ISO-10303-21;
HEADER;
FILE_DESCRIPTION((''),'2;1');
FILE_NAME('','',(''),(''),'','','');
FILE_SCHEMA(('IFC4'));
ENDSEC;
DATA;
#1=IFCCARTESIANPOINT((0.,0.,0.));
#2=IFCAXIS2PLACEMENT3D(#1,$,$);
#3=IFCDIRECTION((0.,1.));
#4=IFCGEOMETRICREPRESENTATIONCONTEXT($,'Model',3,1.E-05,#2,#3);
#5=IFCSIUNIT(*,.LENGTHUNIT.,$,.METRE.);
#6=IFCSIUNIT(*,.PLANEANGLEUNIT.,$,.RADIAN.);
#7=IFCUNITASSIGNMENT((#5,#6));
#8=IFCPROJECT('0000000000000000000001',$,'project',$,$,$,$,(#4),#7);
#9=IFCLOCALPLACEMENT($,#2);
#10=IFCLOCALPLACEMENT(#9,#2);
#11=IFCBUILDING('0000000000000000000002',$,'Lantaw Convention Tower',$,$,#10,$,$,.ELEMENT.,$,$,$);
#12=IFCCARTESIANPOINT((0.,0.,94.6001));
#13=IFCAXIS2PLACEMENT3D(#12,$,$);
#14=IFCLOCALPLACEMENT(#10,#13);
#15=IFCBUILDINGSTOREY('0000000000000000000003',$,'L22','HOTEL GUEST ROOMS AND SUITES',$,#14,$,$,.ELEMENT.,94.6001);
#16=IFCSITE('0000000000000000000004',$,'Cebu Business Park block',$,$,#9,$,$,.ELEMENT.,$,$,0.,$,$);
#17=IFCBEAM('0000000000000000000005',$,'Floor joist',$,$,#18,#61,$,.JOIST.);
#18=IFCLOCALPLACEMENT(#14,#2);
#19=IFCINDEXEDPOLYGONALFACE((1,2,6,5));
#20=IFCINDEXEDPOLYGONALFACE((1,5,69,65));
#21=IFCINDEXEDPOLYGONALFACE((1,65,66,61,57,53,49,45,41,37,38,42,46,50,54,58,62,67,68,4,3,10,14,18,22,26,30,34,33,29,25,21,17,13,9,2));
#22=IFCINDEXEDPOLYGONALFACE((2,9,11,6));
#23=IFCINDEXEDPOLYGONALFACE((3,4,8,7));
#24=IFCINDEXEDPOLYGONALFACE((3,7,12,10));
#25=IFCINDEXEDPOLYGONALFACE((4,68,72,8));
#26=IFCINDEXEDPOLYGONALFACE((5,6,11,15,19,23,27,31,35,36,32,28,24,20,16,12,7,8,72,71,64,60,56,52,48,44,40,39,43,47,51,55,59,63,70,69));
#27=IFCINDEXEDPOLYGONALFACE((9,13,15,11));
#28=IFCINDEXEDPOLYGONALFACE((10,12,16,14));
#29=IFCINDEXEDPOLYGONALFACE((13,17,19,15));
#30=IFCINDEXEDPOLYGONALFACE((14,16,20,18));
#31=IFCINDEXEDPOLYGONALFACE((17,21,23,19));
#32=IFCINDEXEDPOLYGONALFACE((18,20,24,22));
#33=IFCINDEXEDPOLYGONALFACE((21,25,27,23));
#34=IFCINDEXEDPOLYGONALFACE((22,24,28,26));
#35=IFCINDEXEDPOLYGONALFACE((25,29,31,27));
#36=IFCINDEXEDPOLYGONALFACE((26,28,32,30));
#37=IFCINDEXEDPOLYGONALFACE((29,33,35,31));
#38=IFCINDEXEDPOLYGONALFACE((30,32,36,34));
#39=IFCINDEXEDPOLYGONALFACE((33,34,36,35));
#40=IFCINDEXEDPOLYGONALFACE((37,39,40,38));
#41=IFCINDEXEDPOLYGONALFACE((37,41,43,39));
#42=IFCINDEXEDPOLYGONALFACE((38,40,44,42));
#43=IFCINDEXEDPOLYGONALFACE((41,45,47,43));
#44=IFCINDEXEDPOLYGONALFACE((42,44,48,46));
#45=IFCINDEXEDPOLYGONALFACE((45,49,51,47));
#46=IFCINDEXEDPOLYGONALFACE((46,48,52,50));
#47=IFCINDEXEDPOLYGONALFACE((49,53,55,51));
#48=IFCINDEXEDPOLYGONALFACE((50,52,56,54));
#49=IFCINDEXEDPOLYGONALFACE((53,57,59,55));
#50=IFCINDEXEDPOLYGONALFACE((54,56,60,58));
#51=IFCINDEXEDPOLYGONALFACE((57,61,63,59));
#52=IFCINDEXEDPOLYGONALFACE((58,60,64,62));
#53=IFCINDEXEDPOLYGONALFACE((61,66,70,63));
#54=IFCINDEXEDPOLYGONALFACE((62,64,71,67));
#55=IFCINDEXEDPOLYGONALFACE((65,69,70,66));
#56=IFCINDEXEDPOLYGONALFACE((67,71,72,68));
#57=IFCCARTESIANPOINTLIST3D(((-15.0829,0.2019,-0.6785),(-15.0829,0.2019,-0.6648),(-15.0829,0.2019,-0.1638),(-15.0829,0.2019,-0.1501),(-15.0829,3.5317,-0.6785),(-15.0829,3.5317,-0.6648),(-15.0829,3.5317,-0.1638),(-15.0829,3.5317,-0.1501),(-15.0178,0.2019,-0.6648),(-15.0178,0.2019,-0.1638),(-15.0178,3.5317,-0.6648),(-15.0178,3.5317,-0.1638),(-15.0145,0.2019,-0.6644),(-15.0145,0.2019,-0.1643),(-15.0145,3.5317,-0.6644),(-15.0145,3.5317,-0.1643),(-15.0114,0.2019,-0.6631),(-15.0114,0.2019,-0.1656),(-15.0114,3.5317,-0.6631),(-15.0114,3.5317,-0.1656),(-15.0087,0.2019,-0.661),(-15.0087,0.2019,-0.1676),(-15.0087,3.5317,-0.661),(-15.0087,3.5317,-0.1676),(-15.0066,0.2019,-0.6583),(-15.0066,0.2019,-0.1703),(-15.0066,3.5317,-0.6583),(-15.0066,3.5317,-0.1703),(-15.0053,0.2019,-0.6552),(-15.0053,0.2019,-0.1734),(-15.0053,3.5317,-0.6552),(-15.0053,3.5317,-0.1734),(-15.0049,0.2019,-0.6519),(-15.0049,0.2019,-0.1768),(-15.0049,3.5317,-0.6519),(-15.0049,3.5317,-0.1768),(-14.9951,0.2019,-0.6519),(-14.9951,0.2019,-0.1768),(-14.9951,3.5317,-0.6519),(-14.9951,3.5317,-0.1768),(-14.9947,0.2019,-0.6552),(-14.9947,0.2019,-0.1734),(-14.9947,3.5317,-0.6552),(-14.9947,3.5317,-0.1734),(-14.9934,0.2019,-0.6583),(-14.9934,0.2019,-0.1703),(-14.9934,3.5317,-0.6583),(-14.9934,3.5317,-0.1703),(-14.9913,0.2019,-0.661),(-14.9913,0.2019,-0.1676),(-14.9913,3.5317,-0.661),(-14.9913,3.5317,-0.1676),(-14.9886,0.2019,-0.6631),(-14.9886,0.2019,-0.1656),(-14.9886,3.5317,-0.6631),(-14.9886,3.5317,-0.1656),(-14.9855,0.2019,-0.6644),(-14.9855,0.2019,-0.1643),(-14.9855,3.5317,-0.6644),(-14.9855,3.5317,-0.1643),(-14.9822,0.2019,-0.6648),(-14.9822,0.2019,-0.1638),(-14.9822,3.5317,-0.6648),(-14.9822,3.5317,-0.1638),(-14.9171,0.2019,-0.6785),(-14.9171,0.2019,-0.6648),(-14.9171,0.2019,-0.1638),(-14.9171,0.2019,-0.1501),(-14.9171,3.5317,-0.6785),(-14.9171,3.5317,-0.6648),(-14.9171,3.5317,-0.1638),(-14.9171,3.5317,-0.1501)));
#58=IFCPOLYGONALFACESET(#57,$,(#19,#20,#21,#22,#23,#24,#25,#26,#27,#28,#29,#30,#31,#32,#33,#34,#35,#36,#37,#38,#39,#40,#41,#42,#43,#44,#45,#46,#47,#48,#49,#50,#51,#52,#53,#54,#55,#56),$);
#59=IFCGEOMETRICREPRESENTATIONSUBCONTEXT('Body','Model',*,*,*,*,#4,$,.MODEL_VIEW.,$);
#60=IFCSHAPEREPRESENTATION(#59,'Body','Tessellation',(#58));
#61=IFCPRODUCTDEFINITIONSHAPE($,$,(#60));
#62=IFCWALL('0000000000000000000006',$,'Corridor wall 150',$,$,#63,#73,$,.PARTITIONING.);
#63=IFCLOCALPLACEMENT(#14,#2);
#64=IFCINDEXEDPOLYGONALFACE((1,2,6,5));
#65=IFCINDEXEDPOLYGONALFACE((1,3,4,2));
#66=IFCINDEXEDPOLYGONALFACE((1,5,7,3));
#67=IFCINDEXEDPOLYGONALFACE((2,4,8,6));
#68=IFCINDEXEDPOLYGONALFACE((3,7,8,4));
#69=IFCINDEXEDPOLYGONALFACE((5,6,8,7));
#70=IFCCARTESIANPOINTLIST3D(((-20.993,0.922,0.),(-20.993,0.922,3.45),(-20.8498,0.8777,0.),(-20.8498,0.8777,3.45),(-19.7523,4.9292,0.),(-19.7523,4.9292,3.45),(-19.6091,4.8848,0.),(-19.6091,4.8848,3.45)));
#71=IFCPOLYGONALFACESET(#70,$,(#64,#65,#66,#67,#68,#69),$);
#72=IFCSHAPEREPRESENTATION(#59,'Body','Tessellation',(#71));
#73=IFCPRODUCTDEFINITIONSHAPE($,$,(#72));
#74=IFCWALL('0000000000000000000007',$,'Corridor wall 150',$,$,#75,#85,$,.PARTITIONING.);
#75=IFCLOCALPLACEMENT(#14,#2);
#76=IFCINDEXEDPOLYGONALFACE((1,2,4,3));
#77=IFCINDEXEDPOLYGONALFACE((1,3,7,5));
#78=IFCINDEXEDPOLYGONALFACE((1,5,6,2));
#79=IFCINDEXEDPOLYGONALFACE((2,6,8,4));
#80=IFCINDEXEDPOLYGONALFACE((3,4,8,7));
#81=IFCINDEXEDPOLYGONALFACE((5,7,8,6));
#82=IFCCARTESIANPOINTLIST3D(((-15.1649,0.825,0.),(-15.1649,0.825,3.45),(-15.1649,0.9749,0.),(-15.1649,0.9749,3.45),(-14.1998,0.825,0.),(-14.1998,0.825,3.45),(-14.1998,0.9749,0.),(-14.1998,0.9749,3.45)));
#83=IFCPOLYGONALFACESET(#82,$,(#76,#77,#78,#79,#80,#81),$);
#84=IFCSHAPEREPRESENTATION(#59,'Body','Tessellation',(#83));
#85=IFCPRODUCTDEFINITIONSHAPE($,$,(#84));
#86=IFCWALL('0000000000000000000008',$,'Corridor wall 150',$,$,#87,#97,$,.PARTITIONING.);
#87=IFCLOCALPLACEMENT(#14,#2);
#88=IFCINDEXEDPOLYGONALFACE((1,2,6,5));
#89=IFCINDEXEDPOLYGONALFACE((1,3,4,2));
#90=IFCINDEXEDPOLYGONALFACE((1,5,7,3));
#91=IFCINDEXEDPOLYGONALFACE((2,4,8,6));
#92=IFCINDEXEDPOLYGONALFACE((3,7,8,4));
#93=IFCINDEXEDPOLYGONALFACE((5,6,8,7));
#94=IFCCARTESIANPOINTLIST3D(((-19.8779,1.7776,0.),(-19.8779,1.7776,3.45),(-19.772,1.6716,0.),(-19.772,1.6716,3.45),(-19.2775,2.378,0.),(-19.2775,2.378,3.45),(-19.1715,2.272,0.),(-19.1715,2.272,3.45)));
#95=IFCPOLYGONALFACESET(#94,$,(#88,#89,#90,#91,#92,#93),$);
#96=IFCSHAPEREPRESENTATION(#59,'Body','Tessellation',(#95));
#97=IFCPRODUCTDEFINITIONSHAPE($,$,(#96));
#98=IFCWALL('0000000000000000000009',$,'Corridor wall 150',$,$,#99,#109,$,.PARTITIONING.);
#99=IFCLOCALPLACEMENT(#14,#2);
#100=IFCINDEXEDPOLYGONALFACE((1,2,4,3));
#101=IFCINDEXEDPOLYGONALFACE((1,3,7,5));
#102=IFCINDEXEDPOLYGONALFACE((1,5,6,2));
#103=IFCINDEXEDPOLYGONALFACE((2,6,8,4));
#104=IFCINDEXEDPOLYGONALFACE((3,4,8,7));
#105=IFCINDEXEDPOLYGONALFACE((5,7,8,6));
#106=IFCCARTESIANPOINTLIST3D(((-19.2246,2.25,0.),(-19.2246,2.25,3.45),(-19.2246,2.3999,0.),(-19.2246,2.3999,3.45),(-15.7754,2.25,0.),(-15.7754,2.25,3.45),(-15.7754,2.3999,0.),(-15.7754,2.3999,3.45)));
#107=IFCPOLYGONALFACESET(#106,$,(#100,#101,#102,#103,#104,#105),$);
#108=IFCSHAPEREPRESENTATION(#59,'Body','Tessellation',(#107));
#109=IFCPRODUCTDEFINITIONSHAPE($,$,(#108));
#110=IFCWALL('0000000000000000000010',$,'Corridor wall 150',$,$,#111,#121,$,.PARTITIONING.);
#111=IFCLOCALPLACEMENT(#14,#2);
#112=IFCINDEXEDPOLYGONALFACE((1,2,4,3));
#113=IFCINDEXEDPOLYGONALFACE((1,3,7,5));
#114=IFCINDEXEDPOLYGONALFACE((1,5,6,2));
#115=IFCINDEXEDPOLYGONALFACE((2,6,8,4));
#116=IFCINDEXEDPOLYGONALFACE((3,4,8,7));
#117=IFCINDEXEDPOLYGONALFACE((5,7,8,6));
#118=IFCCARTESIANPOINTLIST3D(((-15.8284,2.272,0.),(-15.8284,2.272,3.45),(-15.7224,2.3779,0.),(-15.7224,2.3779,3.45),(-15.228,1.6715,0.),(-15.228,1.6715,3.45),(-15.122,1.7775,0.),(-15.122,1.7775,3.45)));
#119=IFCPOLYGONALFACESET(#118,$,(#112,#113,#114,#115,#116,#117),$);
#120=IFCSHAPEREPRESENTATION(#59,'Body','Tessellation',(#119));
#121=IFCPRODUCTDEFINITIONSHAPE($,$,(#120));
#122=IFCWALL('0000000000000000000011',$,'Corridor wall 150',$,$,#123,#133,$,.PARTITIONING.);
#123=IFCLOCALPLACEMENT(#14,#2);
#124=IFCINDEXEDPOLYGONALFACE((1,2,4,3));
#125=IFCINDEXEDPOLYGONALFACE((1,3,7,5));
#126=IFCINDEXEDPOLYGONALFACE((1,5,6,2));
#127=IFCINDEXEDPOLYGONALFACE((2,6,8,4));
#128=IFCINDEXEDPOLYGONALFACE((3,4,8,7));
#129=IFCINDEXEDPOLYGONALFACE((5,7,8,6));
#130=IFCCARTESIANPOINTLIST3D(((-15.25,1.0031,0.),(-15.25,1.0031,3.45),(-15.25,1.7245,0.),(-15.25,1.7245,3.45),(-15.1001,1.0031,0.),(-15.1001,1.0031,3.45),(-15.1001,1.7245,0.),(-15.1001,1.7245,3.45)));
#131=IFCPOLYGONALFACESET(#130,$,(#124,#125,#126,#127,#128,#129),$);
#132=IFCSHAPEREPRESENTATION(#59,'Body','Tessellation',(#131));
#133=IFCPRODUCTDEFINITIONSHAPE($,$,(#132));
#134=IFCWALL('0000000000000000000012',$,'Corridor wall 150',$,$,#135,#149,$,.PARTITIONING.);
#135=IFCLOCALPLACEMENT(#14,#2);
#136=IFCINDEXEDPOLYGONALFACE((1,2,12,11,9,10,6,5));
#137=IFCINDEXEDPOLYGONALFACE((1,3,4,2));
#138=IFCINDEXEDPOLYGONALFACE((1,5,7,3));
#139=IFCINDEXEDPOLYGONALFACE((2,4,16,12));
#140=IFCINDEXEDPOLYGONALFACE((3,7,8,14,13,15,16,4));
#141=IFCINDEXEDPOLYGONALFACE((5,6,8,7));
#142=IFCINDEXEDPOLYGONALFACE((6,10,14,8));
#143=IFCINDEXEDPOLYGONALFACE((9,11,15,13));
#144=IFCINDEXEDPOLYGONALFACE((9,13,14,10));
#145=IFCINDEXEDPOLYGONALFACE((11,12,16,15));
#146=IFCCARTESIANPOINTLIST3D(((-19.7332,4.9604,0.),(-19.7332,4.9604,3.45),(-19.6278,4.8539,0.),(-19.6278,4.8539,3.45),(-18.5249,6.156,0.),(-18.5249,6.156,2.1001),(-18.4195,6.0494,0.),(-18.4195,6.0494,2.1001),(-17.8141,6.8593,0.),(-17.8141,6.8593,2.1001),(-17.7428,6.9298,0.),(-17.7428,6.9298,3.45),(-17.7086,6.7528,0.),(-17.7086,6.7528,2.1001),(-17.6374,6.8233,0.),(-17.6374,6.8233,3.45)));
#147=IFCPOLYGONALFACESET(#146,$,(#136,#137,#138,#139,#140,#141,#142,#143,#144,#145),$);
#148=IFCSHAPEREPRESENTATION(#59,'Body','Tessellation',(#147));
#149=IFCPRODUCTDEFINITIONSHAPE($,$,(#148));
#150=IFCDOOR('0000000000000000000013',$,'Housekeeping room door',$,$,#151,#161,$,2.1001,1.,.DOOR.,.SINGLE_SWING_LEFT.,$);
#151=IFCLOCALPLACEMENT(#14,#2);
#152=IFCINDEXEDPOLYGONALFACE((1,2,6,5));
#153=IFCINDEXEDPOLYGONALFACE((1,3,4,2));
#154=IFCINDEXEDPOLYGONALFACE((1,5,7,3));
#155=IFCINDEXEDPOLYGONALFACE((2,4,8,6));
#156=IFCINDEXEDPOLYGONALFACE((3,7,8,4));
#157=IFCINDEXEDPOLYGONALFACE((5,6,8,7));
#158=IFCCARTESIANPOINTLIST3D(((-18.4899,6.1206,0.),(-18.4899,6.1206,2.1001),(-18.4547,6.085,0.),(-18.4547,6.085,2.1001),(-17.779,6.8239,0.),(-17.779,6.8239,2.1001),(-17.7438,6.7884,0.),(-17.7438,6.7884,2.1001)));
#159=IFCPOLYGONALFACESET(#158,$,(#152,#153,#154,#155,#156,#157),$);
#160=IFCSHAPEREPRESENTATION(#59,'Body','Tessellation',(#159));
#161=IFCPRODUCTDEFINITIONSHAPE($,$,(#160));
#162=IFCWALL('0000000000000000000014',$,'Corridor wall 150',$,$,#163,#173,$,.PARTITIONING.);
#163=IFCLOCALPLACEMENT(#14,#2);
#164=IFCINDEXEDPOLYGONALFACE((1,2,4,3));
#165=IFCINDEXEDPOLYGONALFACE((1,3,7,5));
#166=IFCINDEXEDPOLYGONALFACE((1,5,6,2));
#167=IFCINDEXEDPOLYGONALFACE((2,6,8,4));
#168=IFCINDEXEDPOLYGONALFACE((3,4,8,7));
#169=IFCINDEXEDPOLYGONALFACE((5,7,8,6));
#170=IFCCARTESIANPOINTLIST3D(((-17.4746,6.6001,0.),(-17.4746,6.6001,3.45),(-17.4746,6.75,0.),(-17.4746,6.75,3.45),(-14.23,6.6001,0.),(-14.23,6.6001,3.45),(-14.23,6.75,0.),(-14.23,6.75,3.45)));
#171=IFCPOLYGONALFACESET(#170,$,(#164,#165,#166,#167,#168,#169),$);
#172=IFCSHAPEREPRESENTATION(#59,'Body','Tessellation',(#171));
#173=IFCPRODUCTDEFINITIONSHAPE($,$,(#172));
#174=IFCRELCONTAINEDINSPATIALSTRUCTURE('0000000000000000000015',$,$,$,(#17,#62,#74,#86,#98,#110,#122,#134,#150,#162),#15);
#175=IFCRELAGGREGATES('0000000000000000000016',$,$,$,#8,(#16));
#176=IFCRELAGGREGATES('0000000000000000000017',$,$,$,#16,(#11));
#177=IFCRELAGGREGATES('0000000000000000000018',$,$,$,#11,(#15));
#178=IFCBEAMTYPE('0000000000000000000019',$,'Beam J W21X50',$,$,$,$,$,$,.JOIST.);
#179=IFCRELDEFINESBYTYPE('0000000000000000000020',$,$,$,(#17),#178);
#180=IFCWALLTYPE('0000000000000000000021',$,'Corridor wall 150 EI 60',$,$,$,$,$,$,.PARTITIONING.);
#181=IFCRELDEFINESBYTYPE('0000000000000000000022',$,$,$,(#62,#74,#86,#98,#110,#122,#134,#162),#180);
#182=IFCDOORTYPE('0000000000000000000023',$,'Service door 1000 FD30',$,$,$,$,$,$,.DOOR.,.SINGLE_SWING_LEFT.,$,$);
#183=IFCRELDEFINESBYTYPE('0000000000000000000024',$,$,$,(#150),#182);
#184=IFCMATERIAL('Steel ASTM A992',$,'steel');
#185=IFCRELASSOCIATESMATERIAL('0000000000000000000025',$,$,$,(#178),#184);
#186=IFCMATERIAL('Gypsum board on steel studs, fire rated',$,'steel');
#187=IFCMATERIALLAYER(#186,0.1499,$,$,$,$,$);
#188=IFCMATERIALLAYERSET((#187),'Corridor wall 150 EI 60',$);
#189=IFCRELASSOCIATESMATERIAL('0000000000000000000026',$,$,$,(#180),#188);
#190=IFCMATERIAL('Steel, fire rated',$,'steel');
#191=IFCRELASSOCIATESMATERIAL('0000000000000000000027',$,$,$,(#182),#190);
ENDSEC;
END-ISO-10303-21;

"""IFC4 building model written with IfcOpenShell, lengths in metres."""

from ifc_helpers import new_model, si_unit, direction, frame, frame_2d, origin, origin_2d, place, context, subcontext, project, spatial, rectangle, i_section, extrude, material, layer, layer_set, material_profile, profile_set, type_object, element, fill, save


model = new_model("IFC4")

# Units and contexts
model_context = context("Model", 3, precision=1e-05, world=origin(), true_north=direction((0.0, 1.0)))
body_context = subcontext(model_context, "Body", "Model", "MODEL_VIEW")
ifc_project = project(units=[si_unit("LENGTHUNIT", "METRE"), si_unit("PLANEANGLEUNIT", "RADIAN")], contexts=[model_context])

# Site, building, storey
site_placement = place(None, origin())
site = spatial("IfcSite", under=ifc_project, at=site_placement, Name="Cebu Business Park block", CompositionType="ELEMENT", RefElevation=0.0)
building_placement = place(site_placement, origin())
building = spatial("IfcBuilding", under=site, at=building_placement, Name="Lantaw Convention Tower", CompositionType="ELEMENT")
storey_placement = place(building_placement, frame((0.0, 0.0, 94.6001)))
storey = spatial("IfcBuildingStorey", under=building, at=storey_placement, Name="L22", Description="HOTEL GUEST ROOMS AND SUITES", CompositionType="ELEMENT", Elevation=94.6001)

# Beam
ifc_material_1 = material(Name="Steel ASTM A992", Category="steel")
ifc_material_profile_1 = material_profile(ifc_material_1, i_section(OverallWidth=0.1658, OverallDepth=0.5283, WebThickness=0.0098, FlangeThickness=0.0137, FilletRadius=0.0129, at=origin_2d()), Name="W21X50")
ifc_profile_set_1 = profile_set([ifc_material_profile_1], Name="Steel ASTM A992")
beam_type_1 = type_object("IfcBeamType", Name="Beam J W21X50", PredefinedType="JOIST", material=ifc_profile_set_1)
beam_1_placement = place(storey_placement, frame((-15.0, 0.2019, -0.4143), z_axis=(0.0, 1.0, 0.0), x_axis=(-1.0, 0.0, 0.0)))
element("IfcBeam", 1, at=beam_1_placement, inside=storey, type_object=beam_type_1, Name="Floor joist", PredefinedType="JOIST", context=body_context, shape_type="SweptSolid", body=[
    extrude(i_section(OverallWidth=0.1658, OverallDepth=0.5283, WebThickness=0.0098, FlangeThickness=0.0137, FilletRadius=0.0129, at=origin_2d()), origin(), (0.0, 0.0, 1.0), 3.3298),
])

# Walls
ifc_material_2 = material(Name="Gypsum board on steel studs, fire rated", Category="steel")
ifc_layer_1 = layer(ifc_material_2, 0.1499)
ifc_layer_set_1 = layer_set([ifc_layer_1], Name="Corridor wall 150 EI 60")
wall_type_1 = type_object("IfcWallType", Name="Corridor wall 150 EI 60", PredefinedType="PARTITIONING", material=ifc_layer_set_1)
wall_1_placement = place(storey_placement, frame((-19.6807, 4.907, 0.0), z_axis=(0.0, 0.0, 1.0), x_axis=(-0.295779, -0.955257, 0.0)))
element("IfcWall", 2, at=wall_1_placement, inside=storey, type_object=wall_type_1, Name="Corridor wall 150", PredefinedType="PARTITIONING", context=body_context, shape_type="SweptSolid", body=[
    extrude(rectangle(XDim=4.1948, YDim=0.1499, at=frame_2d((2.0974, 0.0))), origin(), (0.0, 0.0, 1.0), 3.45),
])
wall_2_placement = place(storey_placement, frame((-14.2, 0.8999, 0.0), z_axis=(0.0, 0.0, 1.0), x_axis=(-1.0, 0.0, 0.0)))
element("IfcWall", 3, at=wall_2_placement, inside=storey, type_object=wall_type_1, Name="Corridor wall 150", PredefinedType="PARTITIONING", context=body_context, shape_type="SweptSolid", body=[
    extrude(rectangle(XDim=0.9651, YDim=0.1499, at=frame_2d((0.4824, 0.0))), origin(), (0.0, 0.0, 1.0), 3.45),
])
wall_3_placement = place(storey_placement, frame((-19.825, 1.7246, 0.0), z_axis=(0.0, 0.0, 1.0), x_axis=(0.707107, 0.707107, 0.0)))
element("IfcWall", 4, at=wall_3_placement, inside=storey, type_object=wall_type_1, Name="Corridor wall 150", PredefinedType="PARTITIONING", context=body_context, shape_type="SweptSolid", body=[
    extrude(rectangle(XDim=0.8491, YDim=0.1499, at=frame_2d((0.4246, 0.0))), origin(), (0.0, 0.0, 1.0), 3.45),
])
wall_4_placement = place(storey_placement, frame((-19.2246, 2.325, 0.0), z_axis=(0.0, 0.0, 1.0), x_axis=(1.0, 0.0, 0.0)))
element("IfcWall", 5, at=wall_4_placement, inside=storey, type_object=wall_type_1, Name="Corridor wall 150", PredefinedType="PARTITIONING", context=body_context, shape_type="SweptSolid", body=[
    extrude(rectangle(XDim=3.4492, YDim=0.1499, at=frame_2d((1.7246, 0.0))), origin(), (0.0, 0.0, 1.0), 3.45),
])
wall_5_placement = place(storey_placement, frame((-15.7754, 2.325, 0.0), z_axis=(0.0, 0.0, 1.0), x_axis=(0.707107, -0.707107, 0.0)))
element("IfcWall", 6, at=wall_5_placement, inside=storey, type_object=wall_type_1, Name="Corridor wall 150", PredefinedType="PARTITIONING", context=body_context, shape_type="SweptSolid", body=[
    extrude(rectangle(XDim=0.8491, YDim=0.1499, at=frame_2d((0.4246, 0.0))), origin(), (0.0, 0.0, 1.0), 3.45),
])
wall_6_placement = place(storey_placement, frame((-15.175, 1.7246, 0.0), z_axis=(0.0, 0.0, 1.0), x_axis=(0.0, -1.0, 0.0)))
element("IfcWall", 7, at=wall_6_placement, inside=storey, type_object=wall_type_1, Name="Corridor wall 150", PredefinedType="PARTITIONING", context=body_context, shape_type="SweptSolid", body=[
    extrude(rectangle(XDim=0.7214, YDim=0.1499, at=frame_2d((0.3608, 0.0))), origin(), (0.0, 0.0, 1.0), 3.45),
])

# Wall, opening, door
wall_7_placement = place(storey_placement, frame((-17.6902, 6.8765, 0.0), z_axis=(0.0, 0.0, 1.0), x_axis=(-0.710846, -0.703348, 0.0)))
wall_7 = element("IfcWall", 8, at=wall_7_placement, inside=storey, type_object=wall_type_1, Name="Corridor wall 150", PredefinedType="PARTITIONING", context=body_context, shape_type="SweptSolid", body=[
    extrude(rectangle(XDim=2.8, YDim=0.1499, at=frame_2d((1.3999, 0.0))), origin(), (0.0, 0.0, 1.0), 3.45),
])
opening_1_placement = place(wall_7_placement, frame((0.1001, 0.0, 0.0)))
opening_1 = element("IfcOpeningElement", 9, at=opening_1_placement, cuts=wall_7, PredefinedType="OPENING", context=body_context, shape_type="SweptSolid", body=[
    extrude(rectangle(XDim=1.0, YDim=2.1001, at=frame_2d((0.5, 1.05))), frame((0.0, 0.085, 0.0), z_axis=(0.0, -1.0, 0.0), x_axis=(1.0, 0.0, 0.0)), (0.0, 0.0, 1.0), 0.1699),
])
ifc_material_3 = material(Name="Steel, fire rated", Category="steel")
door_type_1 = type_object("IfcDoorType", Name="Service door 1000 FD30", OperationType="SINGLE_SWING_LEFT", PredefinedType="DOOR", material=ifc_material_3)
door_1_placement = place(opening_1_placement, origin())
door_1 = element("IfcDoor", 10, at=door_1_placement, inside=storey, type_object=door_type_1, Name="Housekeeping room door", OperationType="SINGLE_SWING_LEFT", OverallHeight=2.1001, OverallWidth=1.0, PredefinedType="DOOR", context=body_context, shape_type="SweptSolid", body=[
    extrude(rectangle(XDim=1.0, YDim=2.1001, at=frame_2d((0.5, 1.05))), frame((0.0, 0.0249, 0.0), z_axis=(0.0, -1.0, 0.0), x_axis=(1.0, 0.0, 0.0)), (0.0, 0.0, 1.0), 0.05),
])
fill(opening_1, door_1)

# Wall
wall_8_placement = place(storey_placement, frame((-14.23, 6.675, 0.0), z_axis=(0.0, 0.0, 1.0), x_axis=(-1.0, 0.0, 0.0)))
element("IfcWall", 11, at=wall_8_placement, inside=storey, type_object=wall_type_1, Name="Corridor wall 150", PredefinedType="PARTITIONING", context=body_context, shape_type="SweptSolid", body=[
    extrude(rectangle(XDim=3.2446, YDim=0.1499, at=frame_2d((1.6223, 0.0))), origin(), (0.0, 0.0, 1.0), 3.45),
])

save(model, "model.ifc")
